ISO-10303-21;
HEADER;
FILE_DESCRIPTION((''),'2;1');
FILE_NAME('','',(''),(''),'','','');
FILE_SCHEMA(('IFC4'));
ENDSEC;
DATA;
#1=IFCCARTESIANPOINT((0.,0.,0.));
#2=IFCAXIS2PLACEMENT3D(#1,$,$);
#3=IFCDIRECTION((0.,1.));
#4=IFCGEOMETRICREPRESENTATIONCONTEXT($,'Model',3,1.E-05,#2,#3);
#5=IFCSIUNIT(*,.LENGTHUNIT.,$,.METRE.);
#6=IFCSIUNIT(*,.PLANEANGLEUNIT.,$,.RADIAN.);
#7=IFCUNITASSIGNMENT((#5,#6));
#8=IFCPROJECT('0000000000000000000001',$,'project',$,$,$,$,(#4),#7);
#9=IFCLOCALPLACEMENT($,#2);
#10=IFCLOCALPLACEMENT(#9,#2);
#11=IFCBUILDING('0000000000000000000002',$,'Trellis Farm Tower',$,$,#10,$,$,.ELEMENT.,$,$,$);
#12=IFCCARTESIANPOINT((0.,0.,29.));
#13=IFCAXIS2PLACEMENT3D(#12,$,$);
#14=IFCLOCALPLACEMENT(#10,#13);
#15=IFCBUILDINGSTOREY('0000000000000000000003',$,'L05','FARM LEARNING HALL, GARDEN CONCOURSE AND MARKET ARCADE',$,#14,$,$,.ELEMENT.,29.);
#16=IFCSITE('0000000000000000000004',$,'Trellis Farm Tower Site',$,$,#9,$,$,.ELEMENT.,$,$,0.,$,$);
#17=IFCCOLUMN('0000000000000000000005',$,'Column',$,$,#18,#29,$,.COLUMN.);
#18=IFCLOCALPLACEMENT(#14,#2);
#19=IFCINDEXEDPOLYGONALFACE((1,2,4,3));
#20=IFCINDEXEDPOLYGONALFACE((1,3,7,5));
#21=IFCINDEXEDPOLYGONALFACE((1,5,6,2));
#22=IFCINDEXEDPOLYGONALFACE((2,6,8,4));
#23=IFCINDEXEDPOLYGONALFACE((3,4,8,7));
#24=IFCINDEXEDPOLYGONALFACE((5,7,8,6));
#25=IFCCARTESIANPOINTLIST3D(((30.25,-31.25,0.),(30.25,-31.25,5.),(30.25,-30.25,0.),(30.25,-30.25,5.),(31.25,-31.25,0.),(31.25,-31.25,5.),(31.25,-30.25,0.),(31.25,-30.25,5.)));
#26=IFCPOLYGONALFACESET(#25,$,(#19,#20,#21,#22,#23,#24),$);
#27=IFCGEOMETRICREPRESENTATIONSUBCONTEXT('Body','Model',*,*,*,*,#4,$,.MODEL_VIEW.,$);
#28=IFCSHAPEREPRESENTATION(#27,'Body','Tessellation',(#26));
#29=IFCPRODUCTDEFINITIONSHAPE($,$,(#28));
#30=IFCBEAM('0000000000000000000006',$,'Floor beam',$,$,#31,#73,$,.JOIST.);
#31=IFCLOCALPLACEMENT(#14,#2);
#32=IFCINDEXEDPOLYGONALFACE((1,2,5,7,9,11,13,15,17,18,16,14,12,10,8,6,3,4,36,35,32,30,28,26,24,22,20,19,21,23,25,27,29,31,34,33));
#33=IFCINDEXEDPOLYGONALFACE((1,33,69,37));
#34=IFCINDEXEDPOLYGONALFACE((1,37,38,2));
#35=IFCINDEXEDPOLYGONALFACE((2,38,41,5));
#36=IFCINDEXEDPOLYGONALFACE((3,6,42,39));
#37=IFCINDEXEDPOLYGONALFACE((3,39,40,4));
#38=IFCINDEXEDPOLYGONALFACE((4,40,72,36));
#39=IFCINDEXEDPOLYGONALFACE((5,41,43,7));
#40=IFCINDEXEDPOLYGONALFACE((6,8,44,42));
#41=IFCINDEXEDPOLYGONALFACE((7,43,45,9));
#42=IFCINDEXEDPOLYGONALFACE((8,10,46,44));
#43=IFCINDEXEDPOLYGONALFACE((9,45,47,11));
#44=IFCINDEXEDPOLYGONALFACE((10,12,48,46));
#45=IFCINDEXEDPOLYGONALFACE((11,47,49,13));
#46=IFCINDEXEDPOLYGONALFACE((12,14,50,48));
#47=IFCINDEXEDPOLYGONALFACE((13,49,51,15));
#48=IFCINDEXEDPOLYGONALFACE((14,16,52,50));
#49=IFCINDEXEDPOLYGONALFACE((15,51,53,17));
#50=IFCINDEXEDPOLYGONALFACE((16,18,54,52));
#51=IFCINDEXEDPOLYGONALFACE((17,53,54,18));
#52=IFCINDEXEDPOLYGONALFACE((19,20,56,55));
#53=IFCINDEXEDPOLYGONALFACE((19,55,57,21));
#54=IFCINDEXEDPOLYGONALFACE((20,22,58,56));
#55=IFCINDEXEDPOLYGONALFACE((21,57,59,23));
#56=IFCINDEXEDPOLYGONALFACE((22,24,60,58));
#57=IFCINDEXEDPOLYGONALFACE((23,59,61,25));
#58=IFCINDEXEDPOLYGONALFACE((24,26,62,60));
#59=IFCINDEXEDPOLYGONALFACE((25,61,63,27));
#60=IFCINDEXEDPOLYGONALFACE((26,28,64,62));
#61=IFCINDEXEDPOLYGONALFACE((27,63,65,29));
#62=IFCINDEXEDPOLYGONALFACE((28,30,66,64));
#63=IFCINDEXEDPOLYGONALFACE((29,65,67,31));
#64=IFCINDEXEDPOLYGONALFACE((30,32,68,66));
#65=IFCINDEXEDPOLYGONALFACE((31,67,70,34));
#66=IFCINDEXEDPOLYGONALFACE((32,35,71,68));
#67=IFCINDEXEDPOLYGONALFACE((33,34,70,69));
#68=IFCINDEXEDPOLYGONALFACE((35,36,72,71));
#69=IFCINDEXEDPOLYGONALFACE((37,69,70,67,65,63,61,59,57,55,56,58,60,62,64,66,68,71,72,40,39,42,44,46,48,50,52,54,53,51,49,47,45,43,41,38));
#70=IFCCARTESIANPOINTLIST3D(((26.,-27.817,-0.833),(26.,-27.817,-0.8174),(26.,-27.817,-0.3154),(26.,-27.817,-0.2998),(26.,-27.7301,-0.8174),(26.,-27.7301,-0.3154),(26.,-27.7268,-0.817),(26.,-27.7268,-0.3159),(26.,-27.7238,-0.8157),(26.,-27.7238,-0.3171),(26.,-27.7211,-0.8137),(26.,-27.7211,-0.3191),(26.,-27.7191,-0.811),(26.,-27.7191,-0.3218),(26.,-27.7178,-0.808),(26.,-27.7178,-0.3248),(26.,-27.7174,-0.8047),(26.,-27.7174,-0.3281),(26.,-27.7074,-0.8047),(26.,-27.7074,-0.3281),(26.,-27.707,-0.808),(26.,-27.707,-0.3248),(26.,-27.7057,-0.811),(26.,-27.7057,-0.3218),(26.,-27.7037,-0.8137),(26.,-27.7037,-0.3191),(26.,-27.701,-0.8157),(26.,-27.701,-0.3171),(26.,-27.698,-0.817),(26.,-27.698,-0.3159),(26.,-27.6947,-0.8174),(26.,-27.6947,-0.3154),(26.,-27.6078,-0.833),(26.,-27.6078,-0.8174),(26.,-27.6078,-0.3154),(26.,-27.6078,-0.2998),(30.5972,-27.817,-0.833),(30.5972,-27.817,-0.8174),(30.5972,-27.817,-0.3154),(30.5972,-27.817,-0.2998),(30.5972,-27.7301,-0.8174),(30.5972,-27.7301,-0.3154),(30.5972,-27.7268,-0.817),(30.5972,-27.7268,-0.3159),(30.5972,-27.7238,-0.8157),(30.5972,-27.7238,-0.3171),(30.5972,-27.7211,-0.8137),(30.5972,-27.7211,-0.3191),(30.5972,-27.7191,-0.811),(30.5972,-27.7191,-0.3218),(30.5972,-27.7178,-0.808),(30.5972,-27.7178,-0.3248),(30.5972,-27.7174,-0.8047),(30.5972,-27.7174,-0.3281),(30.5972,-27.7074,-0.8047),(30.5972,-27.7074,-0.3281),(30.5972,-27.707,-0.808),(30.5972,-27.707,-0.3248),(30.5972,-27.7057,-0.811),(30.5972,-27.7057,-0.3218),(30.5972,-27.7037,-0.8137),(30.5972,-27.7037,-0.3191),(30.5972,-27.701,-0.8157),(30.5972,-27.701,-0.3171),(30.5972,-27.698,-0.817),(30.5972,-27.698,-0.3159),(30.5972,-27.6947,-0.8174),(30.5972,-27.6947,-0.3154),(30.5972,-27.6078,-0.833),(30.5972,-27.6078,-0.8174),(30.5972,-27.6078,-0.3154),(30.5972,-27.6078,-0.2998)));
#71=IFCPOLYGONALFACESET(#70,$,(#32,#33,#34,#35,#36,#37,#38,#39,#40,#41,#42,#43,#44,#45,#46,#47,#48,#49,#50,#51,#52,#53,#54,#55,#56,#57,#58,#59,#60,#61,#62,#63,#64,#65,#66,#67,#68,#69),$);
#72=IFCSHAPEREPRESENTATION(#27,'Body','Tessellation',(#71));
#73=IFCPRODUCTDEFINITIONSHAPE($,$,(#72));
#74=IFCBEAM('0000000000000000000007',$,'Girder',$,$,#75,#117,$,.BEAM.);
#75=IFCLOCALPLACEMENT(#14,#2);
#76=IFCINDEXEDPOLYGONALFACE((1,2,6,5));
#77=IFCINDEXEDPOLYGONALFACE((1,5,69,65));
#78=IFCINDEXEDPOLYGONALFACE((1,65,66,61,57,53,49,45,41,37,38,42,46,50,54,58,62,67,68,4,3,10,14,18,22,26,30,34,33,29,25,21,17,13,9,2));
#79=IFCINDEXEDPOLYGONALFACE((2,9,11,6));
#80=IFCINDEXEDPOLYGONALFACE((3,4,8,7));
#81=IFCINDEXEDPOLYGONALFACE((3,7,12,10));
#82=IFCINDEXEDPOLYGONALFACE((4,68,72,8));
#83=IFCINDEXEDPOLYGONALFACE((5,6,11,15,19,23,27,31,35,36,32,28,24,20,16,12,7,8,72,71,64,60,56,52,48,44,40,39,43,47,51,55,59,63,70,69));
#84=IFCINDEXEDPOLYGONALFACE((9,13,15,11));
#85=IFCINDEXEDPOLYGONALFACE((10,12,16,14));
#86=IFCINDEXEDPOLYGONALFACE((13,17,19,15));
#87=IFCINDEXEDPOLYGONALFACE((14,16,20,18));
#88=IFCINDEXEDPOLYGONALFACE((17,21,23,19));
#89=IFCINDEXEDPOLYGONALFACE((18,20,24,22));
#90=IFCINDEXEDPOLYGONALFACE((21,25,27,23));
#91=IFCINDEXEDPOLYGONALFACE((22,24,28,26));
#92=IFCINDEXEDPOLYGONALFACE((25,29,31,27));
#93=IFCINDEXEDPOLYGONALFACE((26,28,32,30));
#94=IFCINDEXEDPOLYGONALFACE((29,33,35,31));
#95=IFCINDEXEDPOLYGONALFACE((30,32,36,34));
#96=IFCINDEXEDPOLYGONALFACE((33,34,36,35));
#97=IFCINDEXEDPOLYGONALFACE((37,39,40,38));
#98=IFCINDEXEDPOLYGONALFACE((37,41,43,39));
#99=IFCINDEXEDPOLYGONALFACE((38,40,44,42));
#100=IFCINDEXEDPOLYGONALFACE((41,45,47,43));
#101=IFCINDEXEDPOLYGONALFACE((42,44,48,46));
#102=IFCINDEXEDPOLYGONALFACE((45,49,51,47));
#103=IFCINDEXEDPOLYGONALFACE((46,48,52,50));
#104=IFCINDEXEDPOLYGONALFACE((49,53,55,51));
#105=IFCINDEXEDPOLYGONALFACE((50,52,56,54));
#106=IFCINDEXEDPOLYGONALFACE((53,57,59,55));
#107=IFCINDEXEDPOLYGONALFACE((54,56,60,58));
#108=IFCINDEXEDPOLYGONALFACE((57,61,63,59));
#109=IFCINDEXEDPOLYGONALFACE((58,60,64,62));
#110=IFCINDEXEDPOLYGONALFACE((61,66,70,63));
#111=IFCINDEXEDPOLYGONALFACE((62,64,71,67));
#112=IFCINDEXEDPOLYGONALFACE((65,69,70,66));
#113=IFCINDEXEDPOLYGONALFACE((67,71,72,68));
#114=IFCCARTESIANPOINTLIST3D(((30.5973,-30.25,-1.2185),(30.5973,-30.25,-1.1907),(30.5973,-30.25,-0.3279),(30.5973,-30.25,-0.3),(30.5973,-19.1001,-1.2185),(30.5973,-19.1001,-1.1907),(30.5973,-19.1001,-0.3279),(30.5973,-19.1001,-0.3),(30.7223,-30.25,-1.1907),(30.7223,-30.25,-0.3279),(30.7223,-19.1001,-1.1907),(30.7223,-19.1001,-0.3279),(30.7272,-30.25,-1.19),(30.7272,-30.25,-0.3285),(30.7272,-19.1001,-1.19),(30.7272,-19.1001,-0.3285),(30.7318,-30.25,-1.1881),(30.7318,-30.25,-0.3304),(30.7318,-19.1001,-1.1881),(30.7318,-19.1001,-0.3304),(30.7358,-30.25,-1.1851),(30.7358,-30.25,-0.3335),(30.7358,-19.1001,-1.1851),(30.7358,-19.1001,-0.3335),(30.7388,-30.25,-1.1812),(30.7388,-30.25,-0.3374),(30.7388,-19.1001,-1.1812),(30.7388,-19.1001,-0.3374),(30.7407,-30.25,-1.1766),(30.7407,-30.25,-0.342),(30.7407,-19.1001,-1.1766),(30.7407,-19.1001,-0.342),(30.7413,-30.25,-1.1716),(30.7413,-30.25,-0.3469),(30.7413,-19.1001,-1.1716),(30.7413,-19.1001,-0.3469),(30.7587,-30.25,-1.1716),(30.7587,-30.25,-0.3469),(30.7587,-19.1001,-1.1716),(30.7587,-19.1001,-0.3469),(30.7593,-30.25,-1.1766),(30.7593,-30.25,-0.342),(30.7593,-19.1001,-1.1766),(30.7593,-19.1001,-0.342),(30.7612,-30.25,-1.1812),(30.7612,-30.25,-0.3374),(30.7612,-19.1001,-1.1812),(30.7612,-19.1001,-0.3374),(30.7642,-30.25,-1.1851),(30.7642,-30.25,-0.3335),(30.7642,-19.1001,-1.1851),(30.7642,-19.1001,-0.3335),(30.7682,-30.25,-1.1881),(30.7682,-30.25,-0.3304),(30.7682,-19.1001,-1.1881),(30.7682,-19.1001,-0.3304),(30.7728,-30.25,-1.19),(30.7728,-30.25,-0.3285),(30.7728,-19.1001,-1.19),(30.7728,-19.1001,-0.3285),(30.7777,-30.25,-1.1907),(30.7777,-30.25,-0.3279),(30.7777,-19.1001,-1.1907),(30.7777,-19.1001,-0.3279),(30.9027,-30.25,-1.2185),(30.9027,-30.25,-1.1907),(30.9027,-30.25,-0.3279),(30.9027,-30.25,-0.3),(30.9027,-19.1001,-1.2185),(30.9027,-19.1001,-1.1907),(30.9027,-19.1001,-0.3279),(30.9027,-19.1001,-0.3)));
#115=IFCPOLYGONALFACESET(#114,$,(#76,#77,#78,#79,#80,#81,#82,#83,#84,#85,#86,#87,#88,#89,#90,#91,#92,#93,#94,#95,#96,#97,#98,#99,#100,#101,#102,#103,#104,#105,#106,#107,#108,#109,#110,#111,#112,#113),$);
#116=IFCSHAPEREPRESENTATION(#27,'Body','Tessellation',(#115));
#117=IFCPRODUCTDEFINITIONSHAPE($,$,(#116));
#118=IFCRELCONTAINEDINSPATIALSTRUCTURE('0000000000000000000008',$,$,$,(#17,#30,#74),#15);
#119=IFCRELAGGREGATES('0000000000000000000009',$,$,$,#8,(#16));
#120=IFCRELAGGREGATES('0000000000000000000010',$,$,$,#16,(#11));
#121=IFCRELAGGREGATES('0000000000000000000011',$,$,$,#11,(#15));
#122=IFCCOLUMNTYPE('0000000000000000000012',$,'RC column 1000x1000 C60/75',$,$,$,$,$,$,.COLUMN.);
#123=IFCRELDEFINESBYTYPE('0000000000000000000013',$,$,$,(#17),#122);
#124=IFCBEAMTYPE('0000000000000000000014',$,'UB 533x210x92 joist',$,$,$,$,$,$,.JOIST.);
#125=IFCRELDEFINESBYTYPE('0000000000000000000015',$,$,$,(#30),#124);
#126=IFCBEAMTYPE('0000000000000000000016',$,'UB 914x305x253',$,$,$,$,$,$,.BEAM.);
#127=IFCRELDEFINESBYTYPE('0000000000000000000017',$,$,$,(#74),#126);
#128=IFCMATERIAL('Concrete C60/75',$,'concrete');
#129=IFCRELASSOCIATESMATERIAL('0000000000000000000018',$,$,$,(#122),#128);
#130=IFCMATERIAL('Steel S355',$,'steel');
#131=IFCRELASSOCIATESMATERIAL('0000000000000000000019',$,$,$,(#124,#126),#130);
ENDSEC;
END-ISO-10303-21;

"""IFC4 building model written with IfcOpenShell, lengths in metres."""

from ifc_helpers import new_model, si_unit, direction, frame, origin, origin_2d, place, context, subcontext, project, spatial, rectangle, i_section, extrude, source, transform, mapped, material, material_profile, profile_set, type_object, element, save


model = new_model("IFC4")

# Units and contexts
model_context = context("Model", 3, precision=1e-05, world=origin(), true_north=direction((0.0, 1.0)))
body_context = subcontext(model_context, "Body", "Model", "MODEL_VIEW")
ifc_project = project(units=[si_unit("LENGTHUNIT", "METRE"), si_unit("PLANEANGLEUNIT", "RADIAN")], contexts=[model_context])

# Site, building, storey
site_placement = place(None, origin())
site = spatial("IfcSite", under=ifc_project, at=site_placement, Name="Trellis Farm Tower Site", CompositionType="ELEMENT", RefElevation=0.0)
building_placement = place(site_placement, origin())
building = spatial("IfcBuilding", under=site, at=building_placement, Name="Trellis Farm Tower", CompositionType="ELEMENT")
storey_placement = place(building_placement, frame((0.0, 0.0, 29.0)))
storey = spatial("IfcBuildingStorey", under=building, at=storey_placement, Name="L05", Description="FARM LEARNING HALL, GARDEN CONCOURSE AND MARKET ARCADE", CompositionType="ELEMENT", Elevation=29.0)

# Column
ifc_material_1 = material(Name="Concrete C60/75", Category="concrete")
ifc_material_profile_1 = material_profile(ifc_material_1, rectangle(XDim=1.0, YDim=1.0, at=origin_2d()), Name="RC column 1000x1000 C60/75")
ifc_profile_set_1 = profile_set([ifc_material_profile_1], Name="Concrete C60/75")
column_type = type_object("IfcColumnType", Name="RC column 1000x1000 C60/75", PredefinedType="COLUMN", material=ifc_profile_set_1)
shared_shape_1 = source(origin(), body_context, "Body", "SweptSolid", [
    extrude(rectangle(XDim=1.0, YDim=1.0, at=origin_2d()), origin(), (0.0, 0.0, 1.0), 5.0),
])
column_placement = place(storey_placement, frame((30.75, -30.75, 0.0), z_axis=(0.0, 0.0, 1.0), x_axis=(1.0, 0.0, 0.0)))
element("IfcColumn", 1, at=column_placement, inside=storey, type_object=column_type, Name="Column", PredefinedType="COLUMN", context=body_context, shape_type="MappedRepresentation", body=[
    mapped(shared_shape_1, transform((0.0, 0.0, 0.0))),
])

# Beams
ifc_material_2 = material(Name="Steel S355", Category="steel")
ifc_material_profile_2 = material_profile(ifc_material_2, i_section(OverallWidth=0.2092, OverallDepth=0.5332, WebThickness=0.01, FlangeThickness=0.0156, FilletRadius=0.0127, at=origin_2d()), Name="UB 533x210x92")
ifc_profile_set_2 = profile_set([ifc_material_profile_2], Name="Steel S355")
beam_type_1 = type_object("IfcBeamType", Name="UB 533x210x92 joist", PredefinedType="JOIST", material=ifc_profile_set_2)
shared_shape_2 = source(origin(), body_context, "Body", "SweptSolid", [
    extrude(i_section(OverallWidth=0.2092, OverallDepth=0.5332, WebThickness=0.01, FlangeThickness=0.0156, FilletRadius=0.0127, at=origin_2d()), origin(), (0.0, 0.0, 1.0), 4.5972),
])
beam_1_placement = place(storey_placement, frame((26.0, -27.7124, -0.5664), z_axis=(1.0, 0.0, 0.0), x_axis=(0.0, 1.0, 0.0)))
element("IfcBeam", 2, at=beam_1_placement, inside=storey, type_object=beam_type_1, Name="Floor beam", PredefinedType="JOIST", context=body_context, shape_type="MappedRepresentation", body=[
    mapped(shared_shape_2, transform((0.0, 0.0, 0.0))),
])
ifc_material_profile_3 = material_profile(ifc_material_2, i_section(OverallWidth=0.3054, OverallDepth=0.9185, WebThickness=0.0173, FlangeThickness=0.0278, FilletRadius=0.019, at=origin_2d()), Name="UB 914x305x253")
ifc_profile_set_3 = profile_set([ifc_material_profile_3], Name="Steel S355")
beam_type_2 = type_object("IfcBeamType", Name="UB 914x305x253", PredefinedType="BEAM", material=ifc_profile_set_3)
shared_shape_3 = source(origin(), body_context, "Body", "SweptSolid", [
    extrude(i_section(OverallWidth=0.3054, OverallDepth=0.9185, WebThickness=0.0173, FlangeThickness=0.0278, FilletRadius=0.019, at=origin_2d()), origin(), (0.0, 0.0, 1.0), 11.1499),
])
beam_2_placement = place(storey_placement, frame((30.75, -30.25, -0.7593), z_axis=(0.0, 1.0, 0.0), x_axis=(-1.0, 0.0, 0.0)))
element("IfcBeam", 3, at=beam_2_placement, inside=storey, type_object=beam_type_2, Name="Girder", PredefinedType="BEAM", context=body_context, shape_type="MappedRepresentation", body=[
    mapped(shared_shape_3, transform((0.0, 0.0, 0.0))),
])

save(model, "model.ifc")
